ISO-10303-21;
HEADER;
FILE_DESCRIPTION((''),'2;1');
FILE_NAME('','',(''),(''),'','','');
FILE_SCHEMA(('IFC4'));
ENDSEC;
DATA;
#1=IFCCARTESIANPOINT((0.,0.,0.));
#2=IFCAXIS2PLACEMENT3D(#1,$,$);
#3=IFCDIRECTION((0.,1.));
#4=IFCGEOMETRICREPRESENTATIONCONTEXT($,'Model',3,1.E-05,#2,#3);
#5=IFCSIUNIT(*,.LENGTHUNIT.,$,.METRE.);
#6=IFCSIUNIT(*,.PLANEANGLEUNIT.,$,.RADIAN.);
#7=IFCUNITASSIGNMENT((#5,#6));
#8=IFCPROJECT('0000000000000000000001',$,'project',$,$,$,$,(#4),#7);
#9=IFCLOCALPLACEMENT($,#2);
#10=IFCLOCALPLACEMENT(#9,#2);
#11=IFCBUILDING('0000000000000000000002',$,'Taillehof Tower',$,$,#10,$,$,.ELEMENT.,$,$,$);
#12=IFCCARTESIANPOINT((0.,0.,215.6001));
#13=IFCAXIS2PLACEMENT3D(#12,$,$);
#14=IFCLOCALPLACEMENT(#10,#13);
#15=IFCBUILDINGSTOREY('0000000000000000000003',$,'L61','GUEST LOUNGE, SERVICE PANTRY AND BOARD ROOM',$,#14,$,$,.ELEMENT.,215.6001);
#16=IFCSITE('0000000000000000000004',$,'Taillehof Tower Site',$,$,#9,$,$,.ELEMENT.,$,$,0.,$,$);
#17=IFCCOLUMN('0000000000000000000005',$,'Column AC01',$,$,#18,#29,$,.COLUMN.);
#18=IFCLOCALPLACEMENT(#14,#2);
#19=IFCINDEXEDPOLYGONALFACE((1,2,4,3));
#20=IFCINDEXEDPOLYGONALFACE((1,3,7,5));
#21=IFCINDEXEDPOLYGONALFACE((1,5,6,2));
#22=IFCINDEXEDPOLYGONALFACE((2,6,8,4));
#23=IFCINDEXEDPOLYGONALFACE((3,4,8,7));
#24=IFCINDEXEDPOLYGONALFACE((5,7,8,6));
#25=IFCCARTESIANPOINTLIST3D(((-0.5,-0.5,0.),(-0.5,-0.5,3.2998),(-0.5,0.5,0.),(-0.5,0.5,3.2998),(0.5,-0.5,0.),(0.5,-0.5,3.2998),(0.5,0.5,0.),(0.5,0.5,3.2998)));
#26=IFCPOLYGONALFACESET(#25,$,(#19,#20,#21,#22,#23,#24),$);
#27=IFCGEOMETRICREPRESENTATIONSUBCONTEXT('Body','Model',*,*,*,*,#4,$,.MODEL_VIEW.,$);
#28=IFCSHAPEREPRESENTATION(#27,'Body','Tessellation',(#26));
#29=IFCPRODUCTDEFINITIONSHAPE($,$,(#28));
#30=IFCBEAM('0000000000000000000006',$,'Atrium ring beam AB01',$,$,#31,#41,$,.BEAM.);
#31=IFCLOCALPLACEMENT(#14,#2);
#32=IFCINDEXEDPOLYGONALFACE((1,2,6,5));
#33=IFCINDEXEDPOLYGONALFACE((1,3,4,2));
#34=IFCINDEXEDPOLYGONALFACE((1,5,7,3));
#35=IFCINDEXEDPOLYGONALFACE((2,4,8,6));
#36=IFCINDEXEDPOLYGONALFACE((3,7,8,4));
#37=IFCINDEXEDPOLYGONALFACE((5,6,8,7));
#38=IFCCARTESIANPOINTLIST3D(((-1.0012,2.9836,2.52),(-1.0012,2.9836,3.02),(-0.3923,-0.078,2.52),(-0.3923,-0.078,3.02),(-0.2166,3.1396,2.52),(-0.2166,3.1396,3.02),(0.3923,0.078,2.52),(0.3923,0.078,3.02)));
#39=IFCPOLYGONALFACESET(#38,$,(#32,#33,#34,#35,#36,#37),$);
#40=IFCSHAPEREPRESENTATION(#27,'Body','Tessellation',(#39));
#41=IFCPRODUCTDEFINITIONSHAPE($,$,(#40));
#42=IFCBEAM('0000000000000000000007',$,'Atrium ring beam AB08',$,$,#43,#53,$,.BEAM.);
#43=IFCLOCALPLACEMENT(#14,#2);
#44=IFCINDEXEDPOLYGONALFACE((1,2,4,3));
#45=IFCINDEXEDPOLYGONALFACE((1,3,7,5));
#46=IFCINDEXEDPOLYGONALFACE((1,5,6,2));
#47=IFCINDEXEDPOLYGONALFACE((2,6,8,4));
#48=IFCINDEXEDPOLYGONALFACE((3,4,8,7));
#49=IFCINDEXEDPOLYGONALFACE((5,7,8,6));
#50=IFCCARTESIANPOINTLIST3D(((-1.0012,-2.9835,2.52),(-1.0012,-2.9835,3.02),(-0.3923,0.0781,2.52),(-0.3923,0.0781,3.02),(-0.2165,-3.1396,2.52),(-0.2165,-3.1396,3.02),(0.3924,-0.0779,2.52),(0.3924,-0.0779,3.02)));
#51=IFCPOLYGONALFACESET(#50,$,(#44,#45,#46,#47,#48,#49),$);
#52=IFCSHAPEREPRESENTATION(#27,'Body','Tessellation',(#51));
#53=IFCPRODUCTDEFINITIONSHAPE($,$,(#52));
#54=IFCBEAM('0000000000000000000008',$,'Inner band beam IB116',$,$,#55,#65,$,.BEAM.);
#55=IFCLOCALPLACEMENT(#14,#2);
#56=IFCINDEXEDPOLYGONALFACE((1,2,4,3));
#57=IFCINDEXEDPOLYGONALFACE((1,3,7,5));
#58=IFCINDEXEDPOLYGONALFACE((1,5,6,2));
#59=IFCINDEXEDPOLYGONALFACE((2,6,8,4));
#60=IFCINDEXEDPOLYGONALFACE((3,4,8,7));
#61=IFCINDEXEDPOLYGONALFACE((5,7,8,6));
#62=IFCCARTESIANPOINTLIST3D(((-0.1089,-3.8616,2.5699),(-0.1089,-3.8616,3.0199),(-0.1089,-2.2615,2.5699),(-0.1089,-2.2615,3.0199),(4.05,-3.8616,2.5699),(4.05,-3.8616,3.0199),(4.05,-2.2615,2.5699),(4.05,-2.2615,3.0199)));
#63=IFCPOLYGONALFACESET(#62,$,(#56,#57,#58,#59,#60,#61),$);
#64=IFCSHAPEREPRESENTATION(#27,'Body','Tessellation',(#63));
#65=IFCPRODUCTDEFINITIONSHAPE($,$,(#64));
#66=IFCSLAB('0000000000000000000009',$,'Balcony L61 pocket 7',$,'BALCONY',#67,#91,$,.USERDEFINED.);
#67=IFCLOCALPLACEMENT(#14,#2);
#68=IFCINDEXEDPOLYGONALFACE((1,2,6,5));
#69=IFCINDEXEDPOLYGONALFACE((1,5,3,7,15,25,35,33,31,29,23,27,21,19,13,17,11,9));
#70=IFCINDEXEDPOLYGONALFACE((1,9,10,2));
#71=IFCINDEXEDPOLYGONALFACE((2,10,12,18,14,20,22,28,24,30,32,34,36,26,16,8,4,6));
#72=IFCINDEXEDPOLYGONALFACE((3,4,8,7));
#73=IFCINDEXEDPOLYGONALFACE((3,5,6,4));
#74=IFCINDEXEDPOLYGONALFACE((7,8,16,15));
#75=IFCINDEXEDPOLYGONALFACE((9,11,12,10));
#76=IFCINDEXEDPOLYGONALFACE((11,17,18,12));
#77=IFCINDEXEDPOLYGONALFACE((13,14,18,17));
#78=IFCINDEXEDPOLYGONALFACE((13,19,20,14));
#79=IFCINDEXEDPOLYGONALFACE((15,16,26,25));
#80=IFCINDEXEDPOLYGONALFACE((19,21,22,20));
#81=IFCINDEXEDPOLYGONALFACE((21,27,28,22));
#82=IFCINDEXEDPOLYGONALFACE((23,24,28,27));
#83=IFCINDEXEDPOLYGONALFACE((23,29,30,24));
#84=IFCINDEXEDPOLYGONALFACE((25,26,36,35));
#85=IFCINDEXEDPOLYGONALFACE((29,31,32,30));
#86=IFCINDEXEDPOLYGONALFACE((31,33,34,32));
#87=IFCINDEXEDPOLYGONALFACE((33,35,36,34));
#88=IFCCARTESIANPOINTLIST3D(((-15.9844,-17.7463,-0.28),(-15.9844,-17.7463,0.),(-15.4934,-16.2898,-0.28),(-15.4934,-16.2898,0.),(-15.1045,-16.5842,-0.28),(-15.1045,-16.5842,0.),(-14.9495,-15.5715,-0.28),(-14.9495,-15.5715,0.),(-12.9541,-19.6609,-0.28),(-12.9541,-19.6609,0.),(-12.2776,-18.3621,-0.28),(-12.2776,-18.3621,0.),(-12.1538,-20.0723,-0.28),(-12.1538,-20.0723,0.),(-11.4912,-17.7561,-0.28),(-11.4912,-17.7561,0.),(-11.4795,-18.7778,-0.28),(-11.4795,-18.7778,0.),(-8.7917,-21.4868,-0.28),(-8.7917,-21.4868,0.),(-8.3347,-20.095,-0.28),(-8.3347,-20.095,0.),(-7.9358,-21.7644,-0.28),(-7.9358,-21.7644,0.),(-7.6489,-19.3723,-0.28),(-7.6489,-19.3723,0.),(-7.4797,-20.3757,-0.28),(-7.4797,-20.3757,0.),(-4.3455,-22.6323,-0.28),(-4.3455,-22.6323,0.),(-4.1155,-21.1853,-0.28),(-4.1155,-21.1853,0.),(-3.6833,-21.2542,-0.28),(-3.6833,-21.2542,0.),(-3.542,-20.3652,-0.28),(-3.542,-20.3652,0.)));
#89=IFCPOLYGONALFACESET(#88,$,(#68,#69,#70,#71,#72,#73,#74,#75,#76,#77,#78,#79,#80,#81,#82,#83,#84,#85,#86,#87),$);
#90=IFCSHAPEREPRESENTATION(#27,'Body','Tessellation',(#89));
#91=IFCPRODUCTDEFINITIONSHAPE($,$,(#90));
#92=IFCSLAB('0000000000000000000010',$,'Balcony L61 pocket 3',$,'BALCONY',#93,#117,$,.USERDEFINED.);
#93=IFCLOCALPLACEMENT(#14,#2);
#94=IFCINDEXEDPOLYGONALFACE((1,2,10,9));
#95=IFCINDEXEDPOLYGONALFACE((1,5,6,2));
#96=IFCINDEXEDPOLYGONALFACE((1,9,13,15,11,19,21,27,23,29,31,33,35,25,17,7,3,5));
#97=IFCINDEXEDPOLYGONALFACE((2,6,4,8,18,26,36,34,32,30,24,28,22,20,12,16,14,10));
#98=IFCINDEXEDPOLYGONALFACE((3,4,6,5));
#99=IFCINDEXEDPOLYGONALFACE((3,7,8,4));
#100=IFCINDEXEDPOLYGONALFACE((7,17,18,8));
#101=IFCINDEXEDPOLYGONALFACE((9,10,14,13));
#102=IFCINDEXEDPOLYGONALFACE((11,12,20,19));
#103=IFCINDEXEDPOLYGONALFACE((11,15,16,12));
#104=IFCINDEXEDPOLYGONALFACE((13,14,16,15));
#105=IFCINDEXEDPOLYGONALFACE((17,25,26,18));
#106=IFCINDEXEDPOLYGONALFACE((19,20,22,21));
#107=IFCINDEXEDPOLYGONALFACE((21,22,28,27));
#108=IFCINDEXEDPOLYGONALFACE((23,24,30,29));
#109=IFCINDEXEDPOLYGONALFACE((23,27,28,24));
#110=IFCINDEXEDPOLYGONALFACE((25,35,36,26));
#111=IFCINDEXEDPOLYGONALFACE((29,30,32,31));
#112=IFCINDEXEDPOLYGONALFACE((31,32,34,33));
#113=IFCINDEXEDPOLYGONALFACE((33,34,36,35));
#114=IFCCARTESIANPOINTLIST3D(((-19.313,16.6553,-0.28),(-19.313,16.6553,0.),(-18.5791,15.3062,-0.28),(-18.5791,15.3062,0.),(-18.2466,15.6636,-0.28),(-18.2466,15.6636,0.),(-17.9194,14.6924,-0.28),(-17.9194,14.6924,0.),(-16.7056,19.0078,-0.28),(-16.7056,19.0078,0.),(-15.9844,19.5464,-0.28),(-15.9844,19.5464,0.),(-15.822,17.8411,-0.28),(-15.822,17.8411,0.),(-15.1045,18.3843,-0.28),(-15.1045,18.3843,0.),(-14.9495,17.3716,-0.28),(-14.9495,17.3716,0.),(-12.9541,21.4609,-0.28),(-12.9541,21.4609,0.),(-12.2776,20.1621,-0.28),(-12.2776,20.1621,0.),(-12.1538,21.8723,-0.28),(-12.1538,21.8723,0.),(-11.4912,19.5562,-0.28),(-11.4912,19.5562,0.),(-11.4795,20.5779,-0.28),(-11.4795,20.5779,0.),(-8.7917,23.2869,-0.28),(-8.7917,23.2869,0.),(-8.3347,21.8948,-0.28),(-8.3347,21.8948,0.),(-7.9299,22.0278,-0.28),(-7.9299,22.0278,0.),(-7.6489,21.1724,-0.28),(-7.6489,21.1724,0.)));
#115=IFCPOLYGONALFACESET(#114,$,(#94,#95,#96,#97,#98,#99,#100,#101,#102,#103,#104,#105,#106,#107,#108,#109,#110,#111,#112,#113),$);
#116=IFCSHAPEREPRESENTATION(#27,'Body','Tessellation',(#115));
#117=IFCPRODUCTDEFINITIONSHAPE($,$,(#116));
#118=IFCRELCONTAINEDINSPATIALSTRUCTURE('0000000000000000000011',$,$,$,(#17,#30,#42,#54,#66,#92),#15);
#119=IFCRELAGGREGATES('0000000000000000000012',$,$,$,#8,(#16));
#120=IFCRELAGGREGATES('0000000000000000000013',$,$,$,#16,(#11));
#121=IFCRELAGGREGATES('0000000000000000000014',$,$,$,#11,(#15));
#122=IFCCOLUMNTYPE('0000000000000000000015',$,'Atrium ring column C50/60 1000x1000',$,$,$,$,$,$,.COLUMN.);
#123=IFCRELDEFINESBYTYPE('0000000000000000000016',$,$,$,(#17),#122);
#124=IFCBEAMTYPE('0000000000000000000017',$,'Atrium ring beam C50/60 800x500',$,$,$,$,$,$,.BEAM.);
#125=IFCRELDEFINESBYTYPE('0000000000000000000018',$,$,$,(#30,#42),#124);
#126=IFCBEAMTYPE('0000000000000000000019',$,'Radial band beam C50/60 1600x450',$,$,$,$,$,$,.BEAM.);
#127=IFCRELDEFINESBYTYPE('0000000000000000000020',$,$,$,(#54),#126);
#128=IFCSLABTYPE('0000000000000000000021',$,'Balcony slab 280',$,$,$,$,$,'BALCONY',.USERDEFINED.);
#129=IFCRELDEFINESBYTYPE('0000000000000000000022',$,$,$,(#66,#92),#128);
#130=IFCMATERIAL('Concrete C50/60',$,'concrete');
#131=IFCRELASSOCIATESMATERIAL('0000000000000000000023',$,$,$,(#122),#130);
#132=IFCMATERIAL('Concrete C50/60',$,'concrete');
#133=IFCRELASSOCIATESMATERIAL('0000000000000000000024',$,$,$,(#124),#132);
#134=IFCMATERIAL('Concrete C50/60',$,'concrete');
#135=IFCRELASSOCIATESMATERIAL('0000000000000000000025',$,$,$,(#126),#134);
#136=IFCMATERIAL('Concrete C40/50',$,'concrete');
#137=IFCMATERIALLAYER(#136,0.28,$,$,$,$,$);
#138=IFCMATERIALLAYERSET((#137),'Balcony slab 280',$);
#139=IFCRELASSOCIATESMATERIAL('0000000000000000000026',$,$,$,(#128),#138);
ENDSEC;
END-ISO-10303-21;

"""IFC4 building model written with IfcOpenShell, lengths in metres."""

from ifc_helpers import new_model, si_unit, direction, frame, origin, origin_with_axes, origin_2d, place, context, subcontext, project, spatial, polyline, rectangle, outline, extrude, material, layer, layer_set, material_profile, profile_set, type_object, element, save


model = new_model("IFC4")

# Units and contexts
model_context = context("Model", 3, precision=1e-05, world=origin(), true_north=direction((0.0, 1.0)))
body_context = subcontext(model_context, "Body", "Model", "MODEL_VIEW")
ifc_project = project(units=[si_unit("LENGTHUNIT", "METRE"), si_unit("PLANEANGLEUNIT", "RADIAN")], contexts=[model_context])

# Site, building, storey
site_placement = place(None, origin())
site = spatial("IfcSite", under=ifc_project, at=site_placement, Name="Taillehof Tower Site", CompositionType="ELEMENT", RefElevation=0.0)
building_placement = place(site_placement, origin())
building = spatial("IfcBuilding", under=site, at=building_placement, Name="Taillehof Tower", CompositionType="ELEMENT")
storey_placement = place(building_placement, frame((0.0, 0.0, 215.6001)))
storey = spatial("IfcBuildingStorey", under=building, at=storey_placement, Name="L61", Description="GUEST LOUNGE, SERVICE PANTRY AND BOARD ROOM", CompositionType="ELEMENT", Elevation=215.6001)

# Column
ifc_material_1 = material(Name="Concrete C50/60", Category="concrete")
ifc_material_profile_1 = material_profile(ifc_material_1, rectangle(XDim=1.0, YDim=1.0, at=origin_2d()), Name="RC 1000x1000")
ifc_profile_set_1 = profile_set([ifc_material_profile_1], Name="Concrete C50/60")
column_type = type_object("IfcColumnType", Name="Atrium ring column C50/60 1000x1000", PredefinedType="COLUMN", material=ifc_profile_set_1)
column_placement = place(storey_placement, origin_with_axes())
element("IfcColumn", 1, at=column_placement, inside=storey, type_object=column_type, Name="Column AC01", PredefinedType="COLUMN", context=body_context, shape_type="SweptSolid", body=[
    extrude(rectangle(XDim=1.0, YDim=1.0, at=origin_2d()), origin(), (0.0, 0.0, 1.0), 3.2998),
])

# Beams
ifc_material_2 = material(Name="Concrete C50/60", Category="concrete")
ifc_material_profile_2 = material_profile(ifc_material_2, rectangle(XDim=0.8, YDim=0.5, at=origin_2d()), Name="RC 800x500")
ifc_profile_set_2 = profile_set([ifc_material_profile_2], Name="Concrete C50/60")
beam_type_1 = type_object("IfcBeamType", Name="Atrium ring beam C50/60 800x500", PredefinedType="BEAM", material=ifc_profile_set_2)
for number, where, z_axis, x_axis, name in (
    (2, (0.0, 0.0, 2.77), (-0.195063, 0.980791, 0.0), (-0.980791, -0.195063, 0.0), "Atrium ring beam AB01"),
    (3, (-0.6089, -3.0615, 2.77), (0.195063, 0.980791, 0.0), (-0.980791, 0.195063, 0.0), "Atrium ring beam AB08"),
):
    element("IfcBeam", number, at=place(storey_placement, frame(where, z_axis=z_axis, x_axis=x_axis)), inside=storey, type_object=beam_type_1, Name=name, PredefinedType="BEAM", context=body_context, shape_type="SweptSolid", body=[
        extrude(rectangle(XDim=0.8, YDim=0.5, at=origin_2d()), origin(), (0.0, 0.0, 1.0), 3.1216),
    ])
ifc_material_3 = material(Name="Concrete C50/60", Category="concrete")
ifc_material_profile_3 = material_profile(ifc_material_3, rectangle(XDim=1.6001, YDim=0.45, at=origin_2d()), Name="RC 1600x450")
ifc_profile_set_3 = profile_set([ifc_material_profile_3], Name="Concrete C50/60")
beam_type_2 = type_object("IfcBeamType", Name="Radial band beam C50/60 1600x450", PredefinedType="BEAM", material=ifc_profile_set_3)
beam_placement = place(storey_placement, frame((-0.1089, -3.0615, 2.7949), z_axis=(1.0, 0.0, 0.0), x_axis=(0.0, 1.0, 0.0)))
element("IfcBeam", 4, at=beam_placement, inside=storey, type_object=beam_type_2, Name="Inner band beam IB116", PredefinedType="BEAM", context=body_context, shape_type="SweptSolid", body=[
    extrude(rectangle(XDim=1.6001, YDim=0.45, at=origin_2d()), origin(), (0.0, 0.0, 1.0), 4.1589),
])

# Slabs
ifc_material_4 = material(Name="Concrete C40/50", Category="concrete")
ifc_layer_1 = layer(ifc_material_4, 0.28)
ifc_layer_set_1 = layer_set([ifc_layer_1], Name="Balcony slab 280")
slab_type_1 = type_object("IfcSlabType", Name="Balcony slab 280", ElementType="BALCONY", PredefinedType="USERDEFINED", material=ifc_layer_set_1)
slab_1_placement = place(storey_placement, frame((0.0, 0.0, -0.28)))
element("IfcSlab", 5, at=slab_1_placement, inside=storey, type_object=slab_type_1, Name="Balcony L61 pocket 7", ObjectType="BALCONY", PredefinedType="USERDEFINED", context=body_context, shape_type="SweptSolid", body=[
    extrude(outline(polyline([(-3.542, -20.3652), (-3.6833, -21.2542), (-4.1155, -21.1853), (-4.3455, -22.6323), (-7.9358, -21.7644), (-7.4797, -20.3757), (-8.3347, -20.095), (-8.7917, -21.4868), (-12.1538, -20.0723), (-11.4795, -18.7778), (-12.2776, -18.3621), (-12.9541, -19.6609), (-15.9844, -17.7463), (-15.1045, -16.5842), (-15.4934, -16.2898), (-14.9495, -15.5715), (-11.4912, -17.7561), (-7.6489, -19.3723), (-3.542, -20.3652)])), origin(), (0.0, 0.0, 1.0), 0.28),
])
slab_2_placement = place(storey_placement, frame((0.0, 0.0, -0.28)))
element("IfcSlab", 6, at=slab_2_placement, inside=storey, type_object=slab_type_1, Name="Balcony L61 pocket 3", ObjectType="BALCONY", PredefinedType="USERDEFINED", context=body_context, shape_type="SweptSolid", body=[
    extrude(outline(polyline([(-17.9194, 14.6924), (-18.5791, 15.3062), (-18.2466, 15.6636), (-19.313, 16.6553), (-16.7056, 19.0078), (-15.822, 17.8411), (-15.1045, 18.3843), (-15.9844, 19.5464), (-12.9541, 21.4609), (-12.2776, 20.1621), (-11.4795, 20.5779), (-12.1538, 21.8723), (-8.7917, 23.2869), (-8.3347, 21.8948), (-7.9299, 22.0278), (-7.6489, 21.1724), (-11.4912, 19.5562), (-14.9495, 17.3716), (-17.9194, 14.6924)])), origin(), (0.0, 0.0, 1.0), 0.28),
])

save(model, "model.ifc")
